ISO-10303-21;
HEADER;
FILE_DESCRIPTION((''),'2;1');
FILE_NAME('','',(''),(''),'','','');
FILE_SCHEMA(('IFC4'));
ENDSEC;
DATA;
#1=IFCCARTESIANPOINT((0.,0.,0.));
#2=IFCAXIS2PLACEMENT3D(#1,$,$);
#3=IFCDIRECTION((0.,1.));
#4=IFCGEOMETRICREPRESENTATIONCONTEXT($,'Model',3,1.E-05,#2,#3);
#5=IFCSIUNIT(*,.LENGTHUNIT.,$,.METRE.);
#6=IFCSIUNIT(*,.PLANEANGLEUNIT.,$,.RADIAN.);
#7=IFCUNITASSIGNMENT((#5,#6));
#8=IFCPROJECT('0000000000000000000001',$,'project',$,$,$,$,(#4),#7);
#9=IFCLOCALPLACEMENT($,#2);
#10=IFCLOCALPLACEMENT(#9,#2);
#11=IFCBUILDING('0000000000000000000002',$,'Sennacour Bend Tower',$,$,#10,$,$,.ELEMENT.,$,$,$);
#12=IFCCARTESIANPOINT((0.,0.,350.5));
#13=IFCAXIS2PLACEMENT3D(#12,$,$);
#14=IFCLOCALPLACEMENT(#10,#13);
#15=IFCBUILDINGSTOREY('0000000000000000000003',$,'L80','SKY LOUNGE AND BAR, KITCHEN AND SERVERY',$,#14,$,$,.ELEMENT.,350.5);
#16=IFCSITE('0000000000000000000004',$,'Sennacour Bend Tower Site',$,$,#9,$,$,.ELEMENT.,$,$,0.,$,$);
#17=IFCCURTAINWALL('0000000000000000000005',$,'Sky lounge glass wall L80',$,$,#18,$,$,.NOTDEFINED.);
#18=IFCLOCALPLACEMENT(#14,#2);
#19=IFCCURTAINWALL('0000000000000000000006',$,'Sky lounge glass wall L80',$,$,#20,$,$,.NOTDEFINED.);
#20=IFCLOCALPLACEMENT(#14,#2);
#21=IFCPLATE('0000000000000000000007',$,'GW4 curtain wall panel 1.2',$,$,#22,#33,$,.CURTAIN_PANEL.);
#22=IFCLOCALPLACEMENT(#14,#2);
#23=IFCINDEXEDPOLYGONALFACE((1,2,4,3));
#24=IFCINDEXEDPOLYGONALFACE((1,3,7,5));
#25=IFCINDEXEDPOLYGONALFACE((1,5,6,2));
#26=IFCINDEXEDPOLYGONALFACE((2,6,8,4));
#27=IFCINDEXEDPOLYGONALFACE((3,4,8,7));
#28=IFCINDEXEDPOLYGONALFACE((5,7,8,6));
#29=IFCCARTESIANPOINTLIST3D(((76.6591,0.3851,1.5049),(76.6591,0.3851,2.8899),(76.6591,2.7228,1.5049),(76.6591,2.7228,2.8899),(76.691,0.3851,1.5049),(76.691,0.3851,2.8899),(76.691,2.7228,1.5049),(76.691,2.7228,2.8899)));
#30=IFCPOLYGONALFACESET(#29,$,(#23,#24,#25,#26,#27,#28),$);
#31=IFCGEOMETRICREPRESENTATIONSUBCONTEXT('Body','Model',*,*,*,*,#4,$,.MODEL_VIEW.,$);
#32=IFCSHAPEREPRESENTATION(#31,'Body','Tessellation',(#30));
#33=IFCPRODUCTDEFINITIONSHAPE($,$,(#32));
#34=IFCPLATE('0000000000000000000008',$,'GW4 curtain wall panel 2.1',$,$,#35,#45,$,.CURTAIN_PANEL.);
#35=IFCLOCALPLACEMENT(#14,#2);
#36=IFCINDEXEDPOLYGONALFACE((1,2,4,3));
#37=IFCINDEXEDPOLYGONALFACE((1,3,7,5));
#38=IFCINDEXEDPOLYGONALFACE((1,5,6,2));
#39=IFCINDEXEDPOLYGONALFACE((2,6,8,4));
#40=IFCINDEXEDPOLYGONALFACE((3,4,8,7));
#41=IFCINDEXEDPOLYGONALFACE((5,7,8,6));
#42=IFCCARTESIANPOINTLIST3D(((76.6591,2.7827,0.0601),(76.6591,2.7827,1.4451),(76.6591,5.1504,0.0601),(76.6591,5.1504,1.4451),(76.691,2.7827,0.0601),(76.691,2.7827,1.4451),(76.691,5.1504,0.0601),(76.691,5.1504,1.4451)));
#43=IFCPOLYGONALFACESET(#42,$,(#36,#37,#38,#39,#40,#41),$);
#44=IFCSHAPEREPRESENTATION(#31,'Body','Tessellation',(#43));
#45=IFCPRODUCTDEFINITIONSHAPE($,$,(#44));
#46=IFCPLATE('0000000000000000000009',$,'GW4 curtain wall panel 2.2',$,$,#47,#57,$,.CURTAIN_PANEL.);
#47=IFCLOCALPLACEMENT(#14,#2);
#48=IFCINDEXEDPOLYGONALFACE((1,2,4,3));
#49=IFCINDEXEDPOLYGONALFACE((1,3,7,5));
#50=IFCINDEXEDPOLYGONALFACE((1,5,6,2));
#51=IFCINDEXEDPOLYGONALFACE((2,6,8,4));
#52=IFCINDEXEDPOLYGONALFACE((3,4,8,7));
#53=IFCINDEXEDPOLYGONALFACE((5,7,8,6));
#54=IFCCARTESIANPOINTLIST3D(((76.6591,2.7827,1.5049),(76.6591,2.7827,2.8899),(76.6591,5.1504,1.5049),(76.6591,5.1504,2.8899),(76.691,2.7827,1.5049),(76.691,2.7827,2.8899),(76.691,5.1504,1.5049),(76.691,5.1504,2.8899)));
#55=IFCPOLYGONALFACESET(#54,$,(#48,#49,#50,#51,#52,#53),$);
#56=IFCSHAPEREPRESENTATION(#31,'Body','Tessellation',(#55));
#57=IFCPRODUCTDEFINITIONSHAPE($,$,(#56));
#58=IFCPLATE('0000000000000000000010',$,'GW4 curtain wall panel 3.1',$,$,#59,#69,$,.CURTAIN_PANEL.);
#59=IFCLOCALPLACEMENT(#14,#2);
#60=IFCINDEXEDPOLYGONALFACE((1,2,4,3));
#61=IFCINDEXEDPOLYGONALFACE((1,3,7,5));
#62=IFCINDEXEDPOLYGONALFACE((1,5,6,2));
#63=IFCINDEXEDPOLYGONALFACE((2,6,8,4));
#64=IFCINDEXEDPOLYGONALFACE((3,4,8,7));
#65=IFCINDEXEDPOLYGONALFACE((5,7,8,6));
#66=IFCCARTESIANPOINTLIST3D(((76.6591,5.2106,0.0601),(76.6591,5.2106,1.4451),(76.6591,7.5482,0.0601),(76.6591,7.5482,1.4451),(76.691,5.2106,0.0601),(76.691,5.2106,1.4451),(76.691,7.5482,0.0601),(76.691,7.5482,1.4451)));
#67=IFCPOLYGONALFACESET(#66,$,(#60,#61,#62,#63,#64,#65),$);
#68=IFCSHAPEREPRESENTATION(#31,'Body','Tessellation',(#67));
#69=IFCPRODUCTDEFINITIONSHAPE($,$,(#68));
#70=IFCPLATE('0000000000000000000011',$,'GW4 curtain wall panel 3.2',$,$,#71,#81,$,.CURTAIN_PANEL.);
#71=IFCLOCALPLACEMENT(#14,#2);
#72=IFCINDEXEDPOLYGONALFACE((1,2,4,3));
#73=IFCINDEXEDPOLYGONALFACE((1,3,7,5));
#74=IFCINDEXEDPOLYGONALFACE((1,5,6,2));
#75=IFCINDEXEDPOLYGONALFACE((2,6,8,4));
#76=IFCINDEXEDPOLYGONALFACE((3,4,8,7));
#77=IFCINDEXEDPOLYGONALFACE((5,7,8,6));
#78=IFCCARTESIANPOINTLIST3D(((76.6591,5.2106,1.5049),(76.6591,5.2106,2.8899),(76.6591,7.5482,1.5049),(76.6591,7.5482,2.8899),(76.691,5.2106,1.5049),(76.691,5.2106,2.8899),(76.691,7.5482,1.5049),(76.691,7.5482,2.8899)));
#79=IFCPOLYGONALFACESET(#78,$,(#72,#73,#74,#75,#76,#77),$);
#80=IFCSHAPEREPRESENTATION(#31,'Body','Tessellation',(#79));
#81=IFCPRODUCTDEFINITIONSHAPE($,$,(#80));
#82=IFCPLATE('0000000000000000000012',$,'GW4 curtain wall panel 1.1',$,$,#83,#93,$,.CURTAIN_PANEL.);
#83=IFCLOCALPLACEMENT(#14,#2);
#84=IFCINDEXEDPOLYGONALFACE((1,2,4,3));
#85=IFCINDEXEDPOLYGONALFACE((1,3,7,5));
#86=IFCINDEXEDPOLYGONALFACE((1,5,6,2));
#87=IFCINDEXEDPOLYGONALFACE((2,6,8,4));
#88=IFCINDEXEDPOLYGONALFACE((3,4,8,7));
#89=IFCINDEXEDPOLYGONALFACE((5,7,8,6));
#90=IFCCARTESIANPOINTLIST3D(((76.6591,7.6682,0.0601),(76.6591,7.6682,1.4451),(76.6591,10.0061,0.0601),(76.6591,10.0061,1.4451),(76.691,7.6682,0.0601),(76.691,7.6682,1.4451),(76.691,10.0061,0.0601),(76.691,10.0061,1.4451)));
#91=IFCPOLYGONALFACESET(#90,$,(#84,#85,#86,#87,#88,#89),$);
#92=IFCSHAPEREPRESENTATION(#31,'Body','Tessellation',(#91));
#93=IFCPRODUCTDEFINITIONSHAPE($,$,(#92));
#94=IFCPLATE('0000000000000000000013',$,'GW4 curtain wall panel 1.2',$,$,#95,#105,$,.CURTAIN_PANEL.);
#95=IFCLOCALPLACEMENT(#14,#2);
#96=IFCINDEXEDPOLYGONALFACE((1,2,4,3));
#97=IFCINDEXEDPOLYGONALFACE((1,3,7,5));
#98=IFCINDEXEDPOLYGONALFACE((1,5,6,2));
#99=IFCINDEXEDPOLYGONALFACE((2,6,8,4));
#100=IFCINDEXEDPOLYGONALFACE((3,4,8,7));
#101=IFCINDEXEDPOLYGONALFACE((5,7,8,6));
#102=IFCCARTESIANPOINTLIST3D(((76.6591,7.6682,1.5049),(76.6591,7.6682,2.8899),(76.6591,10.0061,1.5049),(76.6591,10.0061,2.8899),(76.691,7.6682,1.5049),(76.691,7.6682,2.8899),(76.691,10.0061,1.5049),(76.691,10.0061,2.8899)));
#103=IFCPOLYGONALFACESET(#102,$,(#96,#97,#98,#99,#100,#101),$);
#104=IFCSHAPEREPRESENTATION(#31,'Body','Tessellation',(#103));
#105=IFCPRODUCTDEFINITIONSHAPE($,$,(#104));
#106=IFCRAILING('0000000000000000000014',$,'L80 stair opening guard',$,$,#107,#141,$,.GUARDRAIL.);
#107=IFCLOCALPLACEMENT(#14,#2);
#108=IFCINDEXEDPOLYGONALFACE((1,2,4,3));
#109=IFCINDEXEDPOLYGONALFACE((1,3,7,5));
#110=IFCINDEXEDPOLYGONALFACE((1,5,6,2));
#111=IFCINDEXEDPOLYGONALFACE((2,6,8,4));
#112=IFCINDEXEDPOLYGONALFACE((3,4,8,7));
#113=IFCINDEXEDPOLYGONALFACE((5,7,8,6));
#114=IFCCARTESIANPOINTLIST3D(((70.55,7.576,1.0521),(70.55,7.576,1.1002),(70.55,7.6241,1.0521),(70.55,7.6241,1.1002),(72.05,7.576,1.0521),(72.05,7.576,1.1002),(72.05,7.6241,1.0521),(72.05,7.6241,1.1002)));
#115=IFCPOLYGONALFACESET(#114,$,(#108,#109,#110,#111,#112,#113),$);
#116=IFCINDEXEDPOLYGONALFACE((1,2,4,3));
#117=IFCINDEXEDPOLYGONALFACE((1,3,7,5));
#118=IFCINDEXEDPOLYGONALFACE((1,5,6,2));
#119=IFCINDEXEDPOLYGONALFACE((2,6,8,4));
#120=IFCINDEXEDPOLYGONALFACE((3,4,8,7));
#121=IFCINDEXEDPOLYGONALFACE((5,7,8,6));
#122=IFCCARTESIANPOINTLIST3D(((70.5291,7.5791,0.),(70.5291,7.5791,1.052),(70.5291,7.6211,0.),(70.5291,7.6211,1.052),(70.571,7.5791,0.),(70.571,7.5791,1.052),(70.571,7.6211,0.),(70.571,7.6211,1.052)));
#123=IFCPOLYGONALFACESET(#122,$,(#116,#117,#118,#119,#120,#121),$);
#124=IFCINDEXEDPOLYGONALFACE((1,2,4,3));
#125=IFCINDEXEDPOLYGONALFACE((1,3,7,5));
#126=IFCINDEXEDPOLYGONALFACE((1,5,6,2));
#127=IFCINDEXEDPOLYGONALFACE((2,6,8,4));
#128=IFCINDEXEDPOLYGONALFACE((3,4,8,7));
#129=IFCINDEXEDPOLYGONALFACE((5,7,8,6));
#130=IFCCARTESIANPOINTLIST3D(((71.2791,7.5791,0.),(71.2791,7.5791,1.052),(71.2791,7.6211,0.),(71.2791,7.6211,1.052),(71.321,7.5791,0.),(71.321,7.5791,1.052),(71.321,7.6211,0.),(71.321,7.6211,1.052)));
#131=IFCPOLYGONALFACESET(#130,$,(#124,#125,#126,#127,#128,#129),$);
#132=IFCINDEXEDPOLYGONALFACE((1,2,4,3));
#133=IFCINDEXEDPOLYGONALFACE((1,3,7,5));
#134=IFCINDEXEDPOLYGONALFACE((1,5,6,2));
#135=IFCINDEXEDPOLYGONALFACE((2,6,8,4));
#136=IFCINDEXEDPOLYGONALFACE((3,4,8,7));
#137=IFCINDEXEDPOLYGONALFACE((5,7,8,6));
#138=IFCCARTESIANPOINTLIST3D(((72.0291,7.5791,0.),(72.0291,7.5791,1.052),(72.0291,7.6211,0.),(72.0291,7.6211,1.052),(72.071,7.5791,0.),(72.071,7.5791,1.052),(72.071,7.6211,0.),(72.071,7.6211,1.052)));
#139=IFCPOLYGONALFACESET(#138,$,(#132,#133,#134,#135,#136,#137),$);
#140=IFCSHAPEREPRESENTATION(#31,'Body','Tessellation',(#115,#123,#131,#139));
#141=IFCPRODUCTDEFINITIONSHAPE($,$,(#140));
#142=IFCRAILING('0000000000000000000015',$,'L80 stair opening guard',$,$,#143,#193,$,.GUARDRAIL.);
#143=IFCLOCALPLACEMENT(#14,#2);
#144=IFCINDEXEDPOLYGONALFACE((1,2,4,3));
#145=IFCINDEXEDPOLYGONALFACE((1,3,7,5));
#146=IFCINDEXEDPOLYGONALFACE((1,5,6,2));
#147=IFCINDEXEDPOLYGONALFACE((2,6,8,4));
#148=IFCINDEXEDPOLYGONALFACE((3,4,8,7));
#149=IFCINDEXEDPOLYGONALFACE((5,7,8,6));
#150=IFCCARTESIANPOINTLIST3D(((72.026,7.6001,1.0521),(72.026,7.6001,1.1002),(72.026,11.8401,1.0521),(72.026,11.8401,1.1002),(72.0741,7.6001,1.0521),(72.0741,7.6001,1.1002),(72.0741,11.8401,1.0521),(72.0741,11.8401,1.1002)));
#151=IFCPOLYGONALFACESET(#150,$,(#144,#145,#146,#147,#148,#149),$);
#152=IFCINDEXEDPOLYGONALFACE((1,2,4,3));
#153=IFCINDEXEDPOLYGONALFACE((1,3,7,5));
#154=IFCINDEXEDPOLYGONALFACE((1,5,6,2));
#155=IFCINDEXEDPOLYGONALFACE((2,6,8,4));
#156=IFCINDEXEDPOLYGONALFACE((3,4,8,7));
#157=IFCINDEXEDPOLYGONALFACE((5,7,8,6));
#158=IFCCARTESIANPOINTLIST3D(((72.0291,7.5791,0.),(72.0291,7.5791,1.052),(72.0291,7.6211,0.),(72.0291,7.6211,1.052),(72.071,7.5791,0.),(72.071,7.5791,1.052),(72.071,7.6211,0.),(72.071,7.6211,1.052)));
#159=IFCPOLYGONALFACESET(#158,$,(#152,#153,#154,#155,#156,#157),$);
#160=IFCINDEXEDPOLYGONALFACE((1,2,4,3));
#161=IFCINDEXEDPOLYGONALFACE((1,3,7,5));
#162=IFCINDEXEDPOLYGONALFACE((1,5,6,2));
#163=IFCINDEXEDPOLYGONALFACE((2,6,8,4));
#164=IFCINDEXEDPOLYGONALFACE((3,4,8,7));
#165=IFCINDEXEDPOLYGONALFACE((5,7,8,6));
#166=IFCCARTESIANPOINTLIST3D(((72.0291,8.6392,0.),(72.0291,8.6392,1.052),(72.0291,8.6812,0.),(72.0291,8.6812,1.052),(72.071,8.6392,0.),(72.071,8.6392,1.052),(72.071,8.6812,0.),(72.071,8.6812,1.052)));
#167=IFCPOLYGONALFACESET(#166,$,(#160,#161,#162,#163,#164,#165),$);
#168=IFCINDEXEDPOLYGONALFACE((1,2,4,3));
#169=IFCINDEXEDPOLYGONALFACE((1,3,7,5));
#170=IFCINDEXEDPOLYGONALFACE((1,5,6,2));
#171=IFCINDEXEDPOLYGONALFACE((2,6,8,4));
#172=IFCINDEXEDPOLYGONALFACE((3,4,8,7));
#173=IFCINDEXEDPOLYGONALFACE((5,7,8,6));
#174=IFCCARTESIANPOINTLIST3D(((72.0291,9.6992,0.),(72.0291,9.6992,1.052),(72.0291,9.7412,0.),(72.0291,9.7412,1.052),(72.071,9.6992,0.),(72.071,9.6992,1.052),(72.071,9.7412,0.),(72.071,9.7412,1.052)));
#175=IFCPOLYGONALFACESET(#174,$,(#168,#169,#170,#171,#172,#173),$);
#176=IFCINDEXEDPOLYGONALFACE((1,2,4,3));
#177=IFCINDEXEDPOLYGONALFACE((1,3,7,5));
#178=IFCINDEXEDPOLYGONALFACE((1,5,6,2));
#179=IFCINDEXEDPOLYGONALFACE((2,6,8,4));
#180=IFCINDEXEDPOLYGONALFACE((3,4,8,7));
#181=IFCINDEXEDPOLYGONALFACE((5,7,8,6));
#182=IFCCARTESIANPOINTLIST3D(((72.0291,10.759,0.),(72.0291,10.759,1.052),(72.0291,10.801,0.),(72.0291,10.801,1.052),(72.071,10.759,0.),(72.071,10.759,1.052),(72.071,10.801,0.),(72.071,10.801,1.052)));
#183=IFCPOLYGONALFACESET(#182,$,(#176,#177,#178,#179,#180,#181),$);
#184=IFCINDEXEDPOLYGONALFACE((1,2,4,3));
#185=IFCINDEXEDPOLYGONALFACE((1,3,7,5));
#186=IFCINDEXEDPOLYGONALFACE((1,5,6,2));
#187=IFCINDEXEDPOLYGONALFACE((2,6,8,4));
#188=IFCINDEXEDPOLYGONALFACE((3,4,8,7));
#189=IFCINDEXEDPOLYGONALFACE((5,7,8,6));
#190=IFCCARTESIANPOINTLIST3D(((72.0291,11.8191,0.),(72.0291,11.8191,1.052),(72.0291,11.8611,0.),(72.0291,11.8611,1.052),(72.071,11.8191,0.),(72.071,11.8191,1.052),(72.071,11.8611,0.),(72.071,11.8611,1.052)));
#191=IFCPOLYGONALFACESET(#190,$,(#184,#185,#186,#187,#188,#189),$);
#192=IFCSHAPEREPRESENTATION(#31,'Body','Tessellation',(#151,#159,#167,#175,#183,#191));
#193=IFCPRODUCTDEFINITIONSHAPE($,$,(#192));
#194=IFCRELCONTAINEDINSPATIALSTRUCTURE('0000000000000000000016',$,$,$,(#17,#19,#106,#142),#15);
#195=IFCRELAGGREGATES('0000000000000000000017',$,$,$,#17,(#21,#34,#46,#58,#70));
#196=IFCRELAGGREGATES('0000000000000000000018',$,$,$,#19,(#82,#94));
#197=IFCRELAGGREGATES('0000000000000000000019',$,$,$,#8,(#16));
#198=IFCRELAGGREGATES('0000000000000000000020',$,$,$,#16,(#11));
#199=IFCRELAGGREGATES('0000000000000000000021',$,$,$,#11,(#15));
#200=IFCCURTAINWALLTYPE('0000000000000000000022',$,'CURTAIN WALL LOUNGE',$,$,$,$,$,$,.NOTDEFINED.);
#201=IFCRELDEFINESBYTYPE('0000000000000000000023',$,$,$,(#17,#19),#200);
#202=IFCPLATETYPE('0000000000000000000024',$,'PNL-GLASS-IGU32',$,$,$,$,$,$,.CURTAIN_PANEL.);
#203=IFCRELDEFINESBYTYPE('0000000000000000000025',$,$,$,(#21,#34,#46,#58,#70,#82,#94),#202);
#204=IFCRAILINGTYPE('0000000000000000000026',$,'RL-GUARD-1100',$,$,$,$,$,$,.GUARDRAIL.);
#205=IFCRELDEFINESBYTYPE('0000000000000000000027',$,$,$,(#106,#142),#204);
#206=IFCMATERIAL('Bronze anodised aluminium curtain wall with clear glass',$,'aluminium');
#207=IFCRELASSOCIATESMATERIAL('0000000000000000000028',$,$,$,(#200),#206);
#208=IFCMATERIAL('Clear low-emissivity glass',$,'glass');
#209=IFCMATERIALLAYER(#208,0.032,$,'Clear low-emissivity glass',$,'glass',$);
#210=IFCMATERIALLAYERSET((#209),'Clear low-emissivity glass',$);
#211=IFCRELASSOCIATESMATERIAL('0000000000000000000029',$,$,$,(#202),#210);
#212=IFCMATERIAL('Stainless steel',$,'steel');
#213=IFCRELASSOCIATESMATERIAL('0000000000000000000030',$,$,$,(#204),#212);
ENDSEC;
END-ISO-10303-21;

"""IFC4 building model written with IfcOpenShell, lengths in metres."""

from ifc_helpers import new_model, si_unit, direction, frame, origin, origin_2d, place, context, subcontext, project, spatial, rectangle, extrude, material, layer, layer_set, type_object, element, aggregate, save


model = new_model("IFC4")

# Units and contexts
model_context = context("Model", 3, precision=1e-05, world=origin(), true_north=direction((0.0, 1.0)))
body_context = subcontext(model_context, "Body", "Model", "MODEL_VIEW")
ifc_project = project(units=[si_unit("LENGTHUNIT", "METRE"), si_unit("PLANEANGLEUNIT", "RADIAN")], contexts=[model_context])

# Site, building, storey
site_placement = place(None, origin())
site = spatial("IfcSite", under=ifc_project, at=site_placement, Name="Sennacour Bend Tower Site", CompositionType="ELEMENT", RefElevation=0.0)
building_placement = place(site_placement, origin())
building = spatial("IfcBuilding", under=site, at=building_placement, Name="Sennacour Bend Tower", CompositionType="ELEMENT")
storey_placement = place(building_placement, frame((0.0, 0.0, 350.5)))
storey = spatial("IfcBuildingStorey", under=building, at=storey_placement, Name="L80", Description="SKY LOUNGE AND BAR, KITCHEN AND SERVERY", CompositionType="ELEMENT", Elevation=350.5)

# Curtain wall
ifc_material_1 = material(Name="Bronze anodised aluminium curtain wall with clear glass", Category="aluminium")
curtain_wall_type = type_object("IfcCurtainWallType", Name="CURTAIN WALL LOUNGE", PredefinedType="NOTDEFINED", material=ifc_material_1)
curtain_wall_1_placement = place(storey_placement, origin())
curtain_wall_1 = element("IfcCurtainWall", 1, at=curtain_wall_1_placement, inside=storey, type_object=curtain_wall_type, Name="Sky lounge glass wall L80", PredefinedType="NOTDEFINED")

# Curtain wall
curtain_wall_2_placement = place(storey_placement, origin())
curtain_wall_2 = element("IfcCurtainWall", 2, at=curtain_wall_2_placement, inside=storey, type_object=curtain_wall_type, Name="Sky lounge glass wall L80", PredefinedType="NOTDEFINED")

# Plates
ifc_material_2 = material(Name="Clear low-emissivity glass", Category="glass")
ifc_layer = layer(ifc_material_2, 0.032, Name="Clear low-emissivity glass", Category="glass")
ifc_layer_set = layer_set([ifc_layer], Name="Clear low-emissivity glass")
plate_type = type_object("IfcPlateType", Name="PNL-GLASS-IGU32", PredefinedType="CURTAIN_PANEL", material=ifc_layer_set)
plate_1_placement = place(storey_placement, frame((76.675, 1.554, 1.5049), z_axis=(0.0, 0.0, 1.0), x_axis=(0.0, 1.0, 0.0)))
plate_1 = element("IfcPlate", 3, at=plate_1_placement, type_object=plate_type, Name="GW4 curtain wall panel 1.2", PredefinedType="CURTAIN_PANEL", context=body_context, shape_type="SweptSolid", body=[
    extrude(rectangle(XDim=2.3376, YDim=0.032, at=origin_2d()), origin(), (0.0, 0.0, 1.0), 1.385),
])
plate_2_placement = place(storey_placement, frame((76.675, 3.9666, 0.0601), z_axis=(0.0, 0.0, 1.0), x_axis=(0.0, 1.0, 0.0)))
plate_2 = element("IfcPlate", 4, at=plate_2_placement, type_object=plate_type, Name="GW4 curtain wall panel 2.1", PredefinedType="CURTAIN_PANEL", context=body_context, shape_type="SweptSolid", body=[
    extrude(rectangle(XDim=2.3677, YDim=0.032, at=origin_2d()), origin(), (0.0, 0.0, 1.0), 1.385),
])
plate_3_placement = place(storey_placement, frame((76.675, 3.9666, 1.5049), z_axis=(0.0, 0.0, 1.0), x_axis=(0.0, 1.0, 0.0)))
plate_3 = element("IfcPlate", 5, at=plate_3_placement, type_object=plate_type, Name="GW4 curtain wall panel 2.2", PredefinedType="CURTAIN_PANEL", context=body_context, shape_type="SweptSolid", body=[
    extrude(rectangle(XDim=2.3677, YDim=0.032, at=origin_2d()), origin(), (0.0, 0.0, 1.0), 1.385),
])
plate_4_placement = place(storey_placement, frame((76.675, 6.3794, 0.0601), z_axis=(0.0, 0.0, 1.0), x_axis=(0.0, 1.0, 0.0)))
plate_4 = element("IfcPlate", 6, at=plate_4_placement, type_object=plate_type, Name="GW4 curtain wall panel 3.1", PredefinedType="CURTAIN_PANEL", context=body_context, shape_type="SweptSolid", body=[
    extrude(rectangle(XDim=2.3376, YDim=0.032, at=origin_2d()), origin(), (0.0, 0.0, 1.0), 1.385),
])
plate_5_placement = place(storey_placement, frame((76.675, 6.3794, 1.5049), z_axis=(0.0, 0.0, 1.0), x_axis=(0.0, 1.0, 0.0)))
plate_5 = element("IfcPlate", 7, at=plate_5_placement, type_object=plate_type, Name="GW4 curtain wall panel 3.2", PredefinedType="CURTAIN_PANEL", context=body_context, shape_type="SweptSolid", body=[
    extrude(rectangle(XDim=2.3376, YDim=0.032, at=origin_2d()), origin(), (0.0, 0.0, 1.0), 1.385),
])
aggregate(curtain_wall_1, [plate_1, plate_2, plate_3, plate_4, plate_5])
plate_6_placement = place(storey_placement, frame((76.675, 8.8372, 0.0601), z_axis=(0.0, 0.0, 1.0), x_axis=(0.0, 1.0, 0.0)))
plate_6 = element("IfcPlate", 8, at=plate_6_placement, type_object=plate_type, Name="GW4 curtain wall panel 1.1", PredefinedType="CURTAIN_PANEL", context=body_context, shape_type="SweptSolid", body=[
    extrude(rectangle(XDim=2.3379, YDim=0.032, at=origin_2d()), origin(), (0.0, 0.0, 1.0), 1.385),
])
plate_7_placement = place(storey_placement, frame((76.675, 8.8372, 1.5049), z_axis=(0.0, 0.0, 1.0), x_axis=(0.0, 1.0, 0.0)))
plate_7 = element("IfcPlate", 9, at=plate_7_placement, type_object=plate_type, Name="GW4 curtain wall panel 1.2", PredefinedType="CURTAIN_PANEL", context=body_context, shape_type="SweptSolid", body=[
    extrude(rectangle(XDim=2.3379, YDim=0.032, at=origin_2d()), origin(), (0.0, 0.0, 1.0), 1.385),
])
aggregate(curtain_wall_2, [plate_6, plate_7])

# Railings
ifc_material_3 = material(Name="Stainless steel", Category="steel")
railing_type = type_object("IfcRailingType", Name="RL-GUARD-1100", PredefinedType="GUARDRAIL", material=ifc_material_3)
railing_1_placement = place(storey_placement, frame((70.55, 7.6001, 0.0)))
element("IfcRailing", 10, at=railing_1_placement, inside=storey, type_object=railing_type, Name="L80 stair opening guard", PredefinedType="GUARDRAIL", context=body_context, shape_type="SweptSolid", body=[
    extrude(rectangle(XDim=0.0481, YDim=0.0481, at=origin_2d()), frame((0.0, 0.0, 1.0762), z_axis=(1.0, 0.0, 0.0), x_axis=(0.0, 1.0, 0.0)), (0.0, 0.0, 1.0), 1.5),
    extrude(rectangle(XDim=0.042, YDim=0.042, at=origin_2d()), origin(), (0.0, 0.0, 1.0), 1.052),
    extrude(rectangle(XDim=0.042, YDim=0.042, at=origin_2d()), frame((0.75, 0.0, 0.0)), (0.0, 0.0, 1.0), 1.052),
    extrude(rectangle(XDim=0.042, YDim=0.042, at=origin_2d()), frame((1.5, 0.0, 0.0)), (0.0, 0.0, 1.0), 1.052),
])
railing_2_placement = place(storey_placement, frame((72.05, 7.6001, 0.0)))
element("IfcRailing", 11, at=railing_2_placement, inside=storey, type_object=railing_type, Name="L80 stair opening guard", PredefinedType="GUARDRAIL", context=body_context, shape_type="SweptSolid", body=[
    extrude(rectangle(XDim=0.0481, YDim=0.0481, at=origin_2d()), frame((0.0, 0.0, 1.0762), z_axis=(0.0, 1.0, 0.0), x_axis=(-1.0, 0.0, 0.0)), (0.0, 0.0, 1.0), 4.24),
    extrude(rectangle(XDim=0.042, YDim=0.042, at=origin_2d()), origin(), (0.0, 0.0, 1.0), 1.052),
    extrude(rectangle(XDim=0.042, YDim=0.042, at=origin_2d()), frame((0.0, 1.0601, 0.0)), (0.0, 0.0, 1.0), 1.052),
    extrude(rectangle(XDim=0.042, YDim=0.042, at=origin_2d()), frame((0.0, 2.1201, 0.0)), (0.0, 0.0, 1.0), 1.052),
    extrude(rectangle(XDim=0.042, YDim=0.042, at=origin_2d()), frame((0.0, 3.1799, 0.0)), (0.0, 0.0, 1.0), 1.052),
    extrude(rectangle(XDim=0.042, YDim=0.042, at=origin_2d()), frame((0.0, 4.24, 0.0)), (0.0, 0.0, 1.0), 1.052),
])

save(model, "model.ifc")
